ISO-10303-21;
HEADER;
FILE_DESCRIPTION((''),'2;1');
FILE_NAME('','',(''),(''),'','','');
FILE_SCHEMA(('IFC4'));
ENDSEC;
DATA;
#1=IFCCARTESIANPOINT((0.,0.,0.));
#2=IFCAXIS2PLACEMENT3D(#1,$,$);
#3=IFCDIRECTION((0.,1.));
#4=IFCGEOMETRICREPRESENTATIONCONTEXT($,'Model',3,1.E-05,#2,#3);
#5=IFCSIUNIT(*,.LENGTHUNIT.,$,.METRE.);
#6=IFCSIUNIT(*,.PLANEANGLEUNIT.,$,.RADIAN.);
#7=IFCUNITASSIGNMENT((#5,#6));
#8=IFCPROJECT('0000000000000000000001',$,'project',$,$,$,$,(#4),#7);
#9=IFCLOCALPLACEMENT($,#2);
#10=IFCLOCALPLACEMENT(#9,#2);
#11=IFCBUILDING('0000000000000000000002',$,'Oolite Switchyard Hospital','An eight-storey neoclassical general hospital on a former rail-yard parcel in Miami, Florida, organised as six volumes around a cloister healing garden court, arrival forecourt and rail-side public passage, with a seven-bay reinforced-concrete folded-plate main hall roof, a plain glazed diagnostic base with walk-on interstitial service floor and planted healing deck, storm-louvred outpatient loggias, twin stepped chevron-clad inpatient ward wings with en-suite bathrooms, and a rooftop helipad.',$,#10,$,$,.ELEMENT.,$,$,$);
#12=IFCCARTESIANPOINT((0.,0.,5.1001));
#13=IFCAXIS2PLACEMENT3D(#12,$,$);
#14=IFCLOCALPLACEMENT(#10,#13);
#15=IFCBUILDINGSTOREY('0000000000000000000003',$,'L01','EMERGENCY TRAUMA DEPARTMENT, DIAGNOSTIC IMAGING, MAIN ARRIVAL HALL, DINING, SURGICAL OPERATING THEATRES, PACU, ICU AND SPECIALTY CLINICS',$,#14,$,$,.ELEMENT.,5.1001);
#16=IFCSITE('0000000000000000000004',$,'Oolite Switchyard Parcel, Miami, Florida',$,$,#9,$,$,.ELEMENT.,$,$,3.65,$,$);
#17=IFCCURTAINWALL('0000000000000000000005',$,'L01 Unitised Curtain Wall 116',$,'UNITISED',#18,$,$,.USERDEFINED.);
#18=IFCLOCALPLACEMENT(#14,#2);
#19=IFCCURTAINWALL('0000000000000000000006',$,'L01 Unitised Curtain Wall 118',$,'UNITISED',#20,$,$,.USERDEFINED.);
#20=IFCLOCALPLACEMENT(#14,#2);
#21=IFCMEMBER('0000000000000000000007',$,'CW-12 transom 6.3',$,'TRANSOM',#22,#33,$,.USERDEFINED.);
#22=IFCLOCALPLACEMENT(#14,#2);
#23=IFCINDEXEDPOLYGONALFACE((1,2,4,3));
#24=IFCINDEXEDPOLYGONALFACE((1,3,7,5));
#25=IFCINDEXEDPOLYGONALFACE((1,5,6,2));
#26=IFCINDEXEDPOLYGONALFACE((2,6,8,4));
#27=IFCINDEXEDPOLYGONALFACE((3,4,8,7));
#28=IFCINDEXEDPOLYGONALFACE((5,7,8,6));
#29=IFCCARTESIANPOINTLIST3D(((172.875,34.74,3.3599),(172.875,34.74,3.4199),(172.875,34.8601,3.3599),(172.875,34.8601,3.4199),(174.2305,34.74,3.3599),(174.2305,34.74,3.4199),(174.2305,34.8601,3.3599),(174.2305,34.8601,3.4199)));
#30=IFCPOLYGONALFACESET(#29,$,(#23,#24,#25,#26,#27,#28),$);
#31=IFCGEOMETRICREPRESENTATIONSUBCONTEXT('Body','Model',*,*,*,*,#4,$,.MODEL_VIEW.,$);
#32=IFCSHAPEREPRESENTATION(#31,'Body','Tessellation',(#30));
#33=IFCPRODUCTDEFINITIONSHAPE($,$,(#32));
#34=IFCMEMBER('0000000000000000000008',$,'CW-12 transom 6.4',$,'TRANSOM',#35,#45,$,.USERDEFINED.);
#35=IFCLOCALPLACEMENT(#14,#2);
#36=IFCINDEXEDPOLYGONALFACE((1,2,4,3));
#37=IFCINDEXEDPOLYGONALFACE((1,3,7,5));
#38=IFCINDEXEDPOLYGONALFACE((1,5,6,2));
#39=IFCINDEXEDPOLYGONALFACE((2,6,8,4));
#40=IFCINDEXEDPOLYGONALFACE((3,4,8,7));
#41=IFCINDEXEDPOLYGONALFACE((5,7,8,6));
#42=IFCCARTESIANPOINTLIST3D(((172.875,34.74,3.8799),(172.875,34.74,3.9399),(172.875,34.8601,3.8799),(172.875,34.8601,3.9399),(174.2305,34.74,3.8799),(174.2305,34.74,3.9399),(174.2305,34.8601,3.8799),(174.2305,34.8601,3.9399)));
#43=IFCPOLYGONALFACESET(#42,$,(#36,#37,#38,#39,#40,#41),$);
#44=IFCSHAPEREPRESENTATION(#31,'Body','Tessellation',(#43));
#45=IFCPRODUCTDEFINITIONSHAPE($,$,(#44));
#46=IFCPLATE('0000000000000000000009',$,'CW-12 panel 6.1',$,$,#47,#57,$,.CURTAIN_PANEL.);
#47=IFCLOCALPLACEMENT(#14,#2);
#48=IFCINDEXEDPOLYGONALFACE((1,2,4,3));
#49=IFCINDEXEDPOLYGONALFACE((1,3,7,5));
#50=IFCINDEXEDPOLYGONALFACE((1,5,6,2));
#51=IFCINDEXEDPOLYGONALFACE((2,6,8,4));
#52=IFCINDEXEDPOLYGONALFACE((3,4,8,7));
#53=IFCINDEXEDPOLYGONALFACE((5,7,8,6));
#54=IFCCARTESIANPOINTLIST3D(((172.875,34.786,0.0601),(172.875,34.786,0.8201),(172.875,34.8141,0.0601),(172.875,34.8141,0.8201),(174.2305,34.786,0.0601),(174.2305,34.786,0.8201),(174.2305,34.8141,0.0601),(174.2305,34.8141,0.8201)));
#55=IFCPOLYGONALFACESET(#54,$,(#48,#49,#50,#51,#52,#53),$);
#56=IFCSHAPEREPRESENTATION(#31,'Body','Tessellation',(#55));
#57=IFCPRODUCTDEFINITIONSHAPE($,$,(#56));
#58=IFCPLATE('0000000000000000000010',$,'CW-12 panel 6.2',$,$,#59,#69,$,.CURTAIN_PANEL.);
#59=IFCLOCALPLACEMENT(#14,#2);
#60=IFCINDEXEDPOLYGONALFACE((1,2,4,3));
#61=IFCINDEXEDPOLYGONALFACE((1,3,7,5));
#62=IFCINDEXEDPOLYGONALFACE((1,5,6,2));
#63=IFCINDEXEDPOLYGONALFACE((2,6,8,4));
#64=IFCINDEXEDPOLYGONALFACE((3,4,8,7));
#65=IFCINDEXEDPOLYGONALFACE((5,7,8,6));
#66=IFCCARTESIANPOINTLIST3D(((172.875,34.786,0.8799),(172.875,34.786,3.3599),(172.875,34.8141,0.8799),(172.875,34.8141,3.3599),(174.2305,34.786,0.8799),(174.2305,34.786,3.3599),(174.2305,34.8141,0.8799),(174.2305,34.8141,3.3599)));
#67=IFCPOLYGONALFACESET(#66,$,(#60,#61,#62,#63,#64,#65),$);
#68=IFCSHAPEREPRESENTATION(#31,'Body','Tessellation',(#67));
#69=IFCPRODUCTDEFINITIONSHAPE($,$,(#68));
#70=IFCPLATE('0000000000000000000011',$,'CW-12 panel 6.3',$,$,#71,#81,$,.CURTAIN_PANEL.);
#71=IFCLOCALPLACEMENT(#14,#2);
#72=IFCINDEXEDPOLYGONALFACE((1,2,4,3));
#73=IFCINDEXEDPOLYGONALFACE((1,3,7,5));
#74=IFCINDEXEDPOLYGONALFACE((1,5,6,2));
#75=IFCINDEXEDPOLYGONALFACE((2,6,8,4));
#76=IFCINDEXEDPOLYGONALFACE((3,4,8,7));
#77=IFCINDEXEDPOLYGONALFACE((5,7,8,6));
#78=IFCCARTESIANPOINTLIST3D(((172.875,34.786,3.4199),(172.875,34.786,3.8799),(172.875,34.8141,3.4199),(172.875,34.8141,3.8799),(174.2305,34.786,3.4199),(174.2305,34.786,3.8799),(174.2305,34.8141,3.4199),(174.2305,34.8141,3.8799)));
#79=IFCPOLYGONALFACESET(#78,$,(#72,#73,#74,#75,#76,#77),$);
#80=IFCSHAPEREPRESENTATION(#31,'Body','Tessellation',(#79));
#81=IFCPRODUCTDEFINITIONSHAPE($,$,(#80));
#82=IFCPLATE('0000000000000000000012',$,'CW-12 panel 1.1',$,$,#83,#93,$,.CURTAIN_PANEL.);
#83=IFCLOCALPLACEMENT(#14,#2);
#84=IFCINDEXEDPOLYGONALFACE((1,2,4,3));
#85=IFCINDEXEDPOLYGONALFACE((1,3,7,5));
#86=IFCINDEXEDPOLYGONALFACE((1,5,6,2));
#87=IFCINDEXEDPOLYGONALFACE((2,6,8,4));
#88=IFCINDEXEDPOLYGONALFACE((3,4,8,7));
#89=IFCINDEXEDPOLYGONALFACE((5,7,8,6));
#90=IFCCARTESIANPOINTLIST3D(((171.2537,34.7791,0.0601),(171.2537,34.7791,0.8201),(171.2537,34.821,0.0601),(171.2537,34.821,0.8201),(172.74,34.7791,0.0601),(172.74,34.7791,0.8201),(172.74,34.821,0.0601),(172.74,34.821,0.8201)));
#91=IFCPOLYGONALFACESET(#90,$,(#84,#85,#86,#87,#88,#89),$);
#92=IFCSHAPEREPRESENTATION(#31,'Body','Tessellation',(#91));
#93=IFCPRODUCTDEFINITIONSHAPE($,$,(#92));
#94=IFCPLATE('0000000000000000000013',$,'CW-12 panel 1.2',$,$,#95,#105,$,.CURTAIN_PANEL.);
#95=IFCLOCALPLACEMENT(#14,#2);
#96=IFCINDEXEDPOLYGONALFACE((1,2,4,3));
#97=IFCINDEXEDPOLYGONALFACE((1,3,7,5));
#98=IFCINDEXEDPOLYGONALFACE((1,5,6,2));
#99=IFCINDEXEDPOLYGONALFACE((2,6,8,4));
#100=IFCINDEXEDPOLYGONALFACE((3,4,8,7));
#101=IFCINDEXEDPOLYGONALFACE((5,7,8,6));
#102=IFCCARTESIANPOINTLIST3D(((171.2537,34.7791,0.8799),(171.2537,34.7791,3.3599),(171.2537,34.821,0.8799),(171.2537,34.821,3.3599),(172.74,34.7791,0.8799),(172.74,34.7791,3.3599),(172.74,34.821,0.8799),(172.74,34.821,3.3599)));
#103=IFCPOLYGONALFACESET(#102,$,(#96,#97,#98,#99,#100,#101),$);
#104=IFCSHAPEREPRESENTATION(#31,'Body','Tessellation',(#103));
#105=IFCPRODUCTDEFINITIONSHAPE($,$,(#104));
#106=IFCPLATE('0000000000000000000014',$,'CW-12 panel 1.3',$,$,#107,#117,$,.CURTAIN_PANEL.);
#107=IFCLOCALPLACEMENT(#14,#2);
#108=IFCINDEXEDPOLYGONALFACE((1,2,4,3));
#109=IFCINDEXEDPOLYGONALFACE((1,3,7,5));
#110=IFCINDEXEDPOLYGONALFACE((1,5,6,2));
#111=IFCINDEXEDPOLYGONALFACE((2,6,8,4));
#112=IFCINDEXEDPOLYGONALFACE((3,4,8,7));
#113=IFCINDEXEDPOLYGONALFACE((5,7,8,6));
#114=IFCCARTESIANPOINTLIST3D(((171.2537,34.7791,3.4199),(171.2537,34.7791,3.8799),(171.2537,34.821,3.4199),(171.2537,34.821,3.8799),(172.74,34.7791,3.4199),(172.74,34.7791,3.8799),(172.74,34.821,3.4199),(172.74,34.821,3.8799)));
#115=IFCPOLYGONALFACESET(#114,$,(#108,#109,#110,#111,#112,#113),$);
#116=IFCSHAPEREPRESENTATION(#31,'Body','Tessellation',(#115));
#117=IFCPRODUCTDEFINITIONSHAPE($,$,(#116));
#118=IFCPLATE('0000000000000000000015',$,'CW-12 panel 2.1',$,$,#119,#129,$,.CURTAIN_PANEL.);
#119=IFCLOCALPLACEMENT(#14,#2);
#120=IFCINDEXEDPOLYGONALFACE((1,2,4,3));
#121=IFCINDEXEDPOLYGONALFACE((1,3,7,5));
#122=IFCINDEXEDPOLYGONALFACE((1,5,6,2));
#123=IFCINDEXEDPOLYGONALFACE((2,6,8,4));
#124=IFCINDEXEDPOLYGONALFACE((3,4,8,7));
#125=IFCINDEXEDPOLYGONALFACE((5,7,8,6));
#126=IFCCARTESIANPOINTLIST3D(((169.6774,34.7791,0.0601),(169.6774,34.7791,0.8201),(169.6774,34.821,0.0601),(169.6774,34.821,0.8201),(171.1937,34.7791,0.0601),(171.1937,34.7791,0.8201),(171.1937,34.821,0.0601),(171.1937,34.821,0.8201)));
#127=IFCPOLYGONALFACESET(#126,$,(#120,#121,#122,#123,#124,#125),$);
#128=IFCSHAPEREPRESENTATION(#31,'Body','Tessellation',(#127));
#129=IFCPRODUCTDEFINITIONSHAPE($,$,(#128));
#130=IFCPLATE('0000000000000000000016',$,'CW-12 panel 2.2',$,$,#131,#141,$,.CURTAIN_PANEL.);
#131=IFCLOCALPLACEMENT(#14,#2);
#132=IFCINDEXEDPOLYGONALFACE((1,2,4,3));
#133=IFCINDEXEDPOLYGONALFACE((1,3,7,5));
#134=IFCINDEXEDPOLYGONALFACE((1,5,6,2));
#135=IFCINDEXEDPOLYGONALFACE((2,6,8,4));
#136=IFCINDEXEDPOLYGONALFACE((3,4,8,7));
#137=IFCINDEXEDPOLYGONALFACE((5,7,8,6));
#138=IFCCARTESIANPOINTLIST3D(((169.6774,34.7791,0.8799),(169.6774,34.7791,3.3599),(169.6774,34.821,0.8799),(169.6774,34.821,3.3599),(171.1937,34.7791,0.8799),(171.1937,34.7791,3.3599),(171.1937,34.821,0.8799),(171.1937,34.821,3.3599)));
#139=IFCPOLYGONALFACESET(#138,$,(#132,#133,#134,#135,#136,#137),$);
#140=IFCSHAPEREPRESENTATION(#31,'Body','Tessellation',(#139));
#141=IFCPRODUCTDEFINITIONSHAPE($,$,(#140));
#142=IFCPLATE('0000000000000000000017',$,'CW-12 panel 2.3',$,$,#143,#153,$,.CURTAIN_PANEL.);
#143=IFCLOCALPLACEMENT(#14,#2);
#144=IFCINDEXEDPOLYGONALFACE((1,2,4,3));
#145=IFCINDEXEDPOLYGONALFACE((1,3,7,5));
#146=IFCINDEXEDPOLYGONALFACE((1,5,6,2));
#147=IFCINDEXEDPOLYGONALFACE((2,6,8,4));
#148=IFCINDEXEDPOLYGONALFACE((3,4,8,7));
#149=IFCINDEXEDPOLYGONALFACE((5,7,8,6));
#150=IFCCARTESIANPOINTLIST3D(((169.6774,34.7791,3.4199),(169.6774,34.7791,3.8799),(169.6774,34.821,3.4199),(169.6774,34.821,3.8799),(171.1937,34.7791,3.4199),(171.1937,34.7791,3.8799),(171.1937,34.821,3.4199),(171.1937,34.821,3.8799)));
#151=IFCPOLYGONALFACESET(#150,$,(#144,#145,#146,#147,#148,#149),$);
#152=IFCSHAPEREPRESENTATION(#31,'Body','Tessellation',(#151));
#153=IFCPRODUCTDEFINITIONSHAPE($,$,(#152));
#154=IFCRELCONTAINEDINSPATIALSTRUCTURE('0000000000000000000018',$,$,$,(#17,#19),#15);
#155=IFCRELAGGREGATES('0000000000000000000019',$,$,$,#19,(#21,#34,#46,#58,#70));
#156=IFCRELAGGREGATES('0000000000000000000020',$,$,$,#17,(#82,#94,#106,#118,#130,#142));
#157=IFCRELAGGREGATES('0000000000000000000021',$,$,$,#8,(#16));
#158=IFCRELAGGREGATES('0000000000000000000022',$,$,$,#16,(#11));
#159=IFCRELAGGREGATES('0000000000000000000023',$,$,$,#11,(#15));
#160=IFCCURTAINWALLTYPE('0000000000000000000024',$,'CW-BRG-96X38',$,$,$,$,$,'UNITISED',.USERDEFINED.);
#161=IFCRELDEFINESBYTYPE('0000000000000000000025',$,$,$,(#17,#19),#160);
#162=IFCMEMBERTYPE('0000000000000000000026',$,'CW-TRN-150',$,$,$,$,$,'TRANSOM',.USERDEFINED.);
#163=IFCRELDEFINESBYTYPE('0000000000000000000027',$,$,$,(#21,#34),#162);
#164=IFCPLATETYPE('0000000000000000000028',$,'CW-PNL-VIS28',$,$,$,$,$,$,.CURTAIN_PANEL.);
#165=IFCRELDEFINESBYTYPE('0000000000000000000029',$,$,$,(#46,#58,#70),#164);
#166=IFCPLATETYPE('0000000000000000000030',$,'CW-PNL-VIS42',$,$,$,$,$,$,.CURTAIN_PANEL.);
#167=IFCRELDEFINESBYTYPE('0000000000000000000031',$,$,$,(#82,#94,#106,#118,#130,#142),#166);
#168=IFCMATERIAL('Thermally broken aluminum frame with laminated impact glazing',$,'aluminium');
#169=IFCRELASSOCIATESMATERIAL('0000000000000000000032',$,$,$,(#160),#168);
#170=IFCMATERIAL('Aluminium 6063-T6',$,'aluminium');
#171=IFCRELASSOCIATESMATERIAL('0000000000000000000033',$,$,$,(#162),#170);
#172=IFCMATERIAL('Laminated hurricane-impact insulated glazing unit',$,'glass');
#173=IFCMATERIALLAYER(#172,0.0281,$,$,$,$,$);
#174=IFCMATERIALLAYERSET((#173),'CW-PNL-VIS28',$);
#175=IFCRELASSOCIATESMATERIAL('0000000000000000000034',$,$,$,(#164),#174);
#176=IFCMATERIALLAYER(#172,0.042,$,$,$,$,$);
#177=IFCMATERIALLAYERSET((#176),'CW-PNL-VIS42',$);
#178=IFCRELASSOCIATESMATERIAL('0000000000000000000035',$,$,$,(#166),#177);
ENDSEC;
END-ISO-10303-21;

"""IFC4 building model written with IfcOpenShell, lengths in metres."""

from ifc_helpers import new_model, si_unit, direction, frame, origin, origin_2d, place, context, subcontext, project, spatial, rectangle, extrude, material, layer, layer_set, material_profile, profile_set, type_object, element, aggregate, save


model = new_model("IFC4")

# Units and contexts
model_context = context("Model", 3, precision=1e-05, world=origin(), true_north=direction((0.0, 1.0)))
body_context = subcontext(model_context, "Body", "Model", "MODEL_VIEW")
ifc_project = project(units=[si_unit("LENGTHUNIT", "METRE"), si_unit("PLANEANGLEUNIT", "RADIAN")], contexts=[model_context])

# Site, building, storey
site_placement = place(None, origin())
site = spatial("IfcSite", under=ifc_project, at=site_placement, Name="Oolite Switchyard Parcel, Miami, Florida", CompositionType="ELEMENT", RefElevation=3.65)
building_placement = place(site_placement, origin())
building = spatial("IfcBuilding", under=site, at=building_placement, Name="Oolite Switchyard Hospital", Description="An eight-storey neoclassical general hospital on a former rail-yard parcel in Miami, Florida, organised as six volumes around a cloister healing garden court, arrival forecourt and rail-side public passage, with a seven-bay reinforced-concrete folded-plate main hall roof, a plain glazed diagnostic base with walk-on interstitial service floor and planted healing deck, storm-louvred outpatient loggias, twin stepped chevron-clad inpatient ward wings with en-suite bathrooms, and a rooftop helipad.", CompositionType="ELEMENT")
storey_placement = place(building_placement, frame((0.0, 0.0, 5.1001)))
storey = spatial("IfcBuildingStorey", under=building, at=storey_placement, Name="L01", Description="EMERGENCY TRAUMA DEPARTMENT, DIAGNOSTIC IMAGING, MAIN ARRIVAL HALL, DINING, SURGICAL OPERATING THEATRES, PACU, ICU AND SPECIALTY CLINICS", CompositionType="ELEMENT", Elevation=5.1001)

# Curtain wall
ifc_material_1 = material(Name="Thermally broken aluminum frame with laminated impact glazing", Category="aluminium")
curtain_wall_type = type_object("IfcCurtainWallType", Name="CW-BRG-96X38", ElementType="UNITISED", PredefinedType="USERDEFINED", material=ifc_material_1)
curtain_wall_1_placement = place(storey_placement, origin())
curtain_wall_1 = element("IfcCurtainWall", 1, at=curtain_wall_1_placement, inside=storey, type_object=curtain_wall_type, Name="L01 Unitised Curtain Wall 116", ObjectType="UNITISED", PredefinedType="USERDEFINED")
ifc_material_2 = material(Name="Aluminium 6063-T6", Category="aluminium")

# Curtain wall
curtain_wall_2_placement = place(storey_placement, origin())
curtain_wall_2 = element("IfcCurtainWall", 2, at=curtain_wall_2_placement, inside=storey, type_object=curtain_wall_type, Name="L01 Unitised Curtain Wall 118", ObjectType="UNITISED", PredefinedType="USERDEFINED")

# Members
ifc_material_profile_1 = material_profile(ifc_material_2, rectangle(XDim=0.1201, YDim=0.0601, at=origin_2d()), Name="CWT60X120")
ifc_profile_set_1 = profile_set([ifc_material_profile_1], Name="Aluminium 6063-T6")
member_type_1 = type_object("IfcMemberType", Name="CW-TRN-150", ElementType="TRANSOM", PredefinedType="USERDEFINED", material=ifc_profile_set_1)
member_1_placement = place(storey_placement, frame((174.2305, 34.8, 3.3899), z_axis=(-1.0, 0.0, 0.0), x_axis=(0.0, -1.0, 0.0)))
member_1 = element("IfcMember", 3, at=member_1_placement, type_object=member_type_1, Name="CW-12 transom 6.3", ObjectType="TRANSOM", PredefinedType="USERDEFINED", context=body_context, shape_type="SweptSolid", body=[
    extrude(rectangle(XDim=0.1201, YDim=0.0601, at=origin_2d()), origin(), (0.0, 0.0, 1.0), 1.3555),
])
member_2_placement = place(storey_placement, frame((174.2305, 34.8, 3.9099), z_axis=(-1.0, 0.0, 0.0), x_axis=(0.0, -1.0, 0.0)))
member_2 = element("IfcMember", 4, at=member_2_placement, type_object=member_type_1, Name="CW-12 transom 6.4", ObjectType="TRANSOM", PredefinedType="USERDEFINED", context=body_context, shape_type="SweptSolid", body=[
    extrude(rectangle(XDim=0.1201, YDim=0.0601, at=origin_2d()), origin(), (0.0, 0.0, 1.0), 1.3555),
])

# Plates
ifc_material_3 = material(Name="Laminated hurricane-impact insulated glazing unit", Category="glass")
ifc_layer_1 = layer(ifc_material_3, 0.0281)
ifc_layer_set_1 = layer_set([ifc_layer_1], Name="CW-PNL-VIS28")
plate_type_1 = type_object("IfcPlateType", Name="CW-PNL-VIS28", PredefinedType="CURTAIN_PANEL", material=ifc_layer_set_1)
plate_1_placement = place(storey_placement, frame((173.5527, 34.8, 0.0601), z_axis=(0.0, 0.0, 1.0), x_axis=(-1.0, 0.0, 0.0)))
plate_1 = element("IfcPlate", 5, at=plate_1_placement, type_object=plate_type_1, Name="CW-12 panel 6.1", PredefinedType="CURTAIN_PANEL", context=body_context, shape_type="SweptSolid", body=[
    extrude(rectangle(XDim=1.3555, YDim=0.0281, at=origin_2d()), origin(), (0.0, 0.0, 1.0), 0.76),
])
plate_2_placement = place(storey_placement, frame((173.5527, 34.8, 0.8799), z_axis=(0.0, 0.0, 1.0), x_axis=(-1.0, 0.0, 0.0)))
plate_2 = element("IfcPlate", 6, at=plate_2_placement, type_object=plate_type_1, Name="CW-12 panel 6.2", PredefinedType="CURTAIN_PANEL", context=body_context, shape_type="SweptSolid", body=[
    extrude(rectangle(XDim=1.3555, YDim=0.0281, at=origin_2d()), origin(), (0.0, 0.0, 1.0), 2.48),
])
plate_3_placement = place(storey_placement, frame((173.5527, 34.8, 3.4199), z_axis=(0.0, 0.0, 1.0), x_axis=(-1.0, 0.0, 0.0)))
plate_3 = element("IfcPlate", 7, at=plate_3_placement, type_object=plate_type_1, Name="CW-12 panel 6.3", PredefinedType="CURTAIN_PANEL", context=body_context, shape_type="SweptSolid", body=[
    extrude(rectangle(XDim=1.3555, YDim=0.0281, at=origin_2d()), origin(), (0.0, 0.0, 1.0), 0.46),
])
aggregate(curtain_wall_2, [member_1, member_2, plate_1, plate_2, plate_3])
ifc_layer_2 = layer(ifc_material_3, 0.042)
ifc_layer_set_2 = layer_set([ifc_layer_2], Name="CW-PNL-VIS42")
plate_type_2 = type_object("IfcPlateType", Name="CW-PNL-VIS42", PredefinedType="CURTAIN_PANEL", material=ifc_layer_set_2)
plate_4_placement = place(storey_placement, frame((171.9968, 34.8, 0.0601), z_axis=(0.0, 0.0, 1.0), x_axis=(-1.0, 0.0, 0.0)))
plate_4 = element("IfcPlate", 8, at=plate_4_placement, type_object=plate_type_2, Name="CW-12 panel 1.1", PredefinedType="CURTAIN_PANEL", context=body_context, shape_type="SweptSolid", body=[
    extrude(rectangle(XDim=1.4863, YDim=0.042, at=origin_2d()), origin(), (0.0, 0.0, 1.0), 0.76),
])
plate_5_placement = place(storey_placement, frame((171.9968, 34.8, 0.8799), z_axis=(0.0, 0.0, 1.0), x_axis=(-1.0, 0.0, 0.0)))
plate_5 = element("IfcPlate", 9, at=plate_5_placement, type_object=plate_type_2, Name="CW-12 panel 1.2", PredefinedType="CURTAIN_PANEL", context=body_context, shape_type="SweptSolid", body=[
    extrude(rectangle(XDim=1.4863, YDim=0.042, at=origin_2d()), origin(), (0.0, 0.0, 1.0), 2.48),
])
plate_6_placement = place(storey_placement, frame((171.9968, 34.8, 3.4199), z_axis=(0.0, 0.0, 1.0), x_axis=(-1.0, 0.0, 0.0)))
plate_6 = element("IfcPlate", 10, at=plate_6_placement, type_object=plate_type_2, Name="CW-12 panel 1.3", PredefinedType="CURTAIN_PANEL", context=body_context, shape_type="SweptSolid", body=[
    extrude(rectangle(XDim=1.4863, YDim=0.042, at=origin_2d()), origin(), (0.0, 0.0, 1.0), 0.46),
])
plate_7_placement = place(storey_placement, frame((170.4355, 34.8, 0.0601), z_axis=(0.0, 0.0, 1.0), x_axis=(-1.0, 0.0, 0.0)))
plate_7 = element("IfcPlate", 11, at=plate_7_placement, type_object=plate_type_2, Name="CW-12 panel 2.1", PredefinedType="CURTAIN_PANEL", context=body_context, shape_type="SweptSolid", body=[
    extrude(rectangle(XDim=1.5164, YDim=0.042, at=origin_2d()), origin(), (0.0, 0.0, 1.0), 0.76),
])
plate_8_placement = place(storey_placement, frame((170.4355, 34.8, 0.8799), z_axis=(0.0, 0.0, 1.0), x_axis=(-1.0, 0.0, 0.0)))
plate_8 = element("IfcPlate", 12, at=plate_8_placement, type_object=plate_type_2, Name="CW-12 panel 2.2", PredefinedType="CURTAIN_PANEL", context=body_context, shape_type="SweptSolid", body=[
    extrude(rectangle(XDim=1.5164, YDim=0.042, at=origin_2d()), origin(), (0.0, 0.0, 1.0), 2.48),
])
plate_9_placement = place(storey_placement, frame((170.4355, 34.8, 3.4199), z_axis=(0.0, 0.0, 1.0), x_axis=(-1.0, 0.0, 0.0)))
plate_9 = element("IfcPlate", 13, at=plate_9_placement, type_object=plate_type_2, Name="CW-12 panel 2.3", PredefinedType="CURTAIN_PANEL", context=body_context, shape_type="SweptSolid", body=[
    extrude(rectangle(XDim=1.5164, YDim=0.042, at=origin_2d()), origin(), (0.0, 0.0, 1.0), 0.46),
])
aggregate(curtain_wall_1, [plate_4, plate_5, plate_6, plate_7, plate_8, plate_9])

save(model, "model.ifc")
